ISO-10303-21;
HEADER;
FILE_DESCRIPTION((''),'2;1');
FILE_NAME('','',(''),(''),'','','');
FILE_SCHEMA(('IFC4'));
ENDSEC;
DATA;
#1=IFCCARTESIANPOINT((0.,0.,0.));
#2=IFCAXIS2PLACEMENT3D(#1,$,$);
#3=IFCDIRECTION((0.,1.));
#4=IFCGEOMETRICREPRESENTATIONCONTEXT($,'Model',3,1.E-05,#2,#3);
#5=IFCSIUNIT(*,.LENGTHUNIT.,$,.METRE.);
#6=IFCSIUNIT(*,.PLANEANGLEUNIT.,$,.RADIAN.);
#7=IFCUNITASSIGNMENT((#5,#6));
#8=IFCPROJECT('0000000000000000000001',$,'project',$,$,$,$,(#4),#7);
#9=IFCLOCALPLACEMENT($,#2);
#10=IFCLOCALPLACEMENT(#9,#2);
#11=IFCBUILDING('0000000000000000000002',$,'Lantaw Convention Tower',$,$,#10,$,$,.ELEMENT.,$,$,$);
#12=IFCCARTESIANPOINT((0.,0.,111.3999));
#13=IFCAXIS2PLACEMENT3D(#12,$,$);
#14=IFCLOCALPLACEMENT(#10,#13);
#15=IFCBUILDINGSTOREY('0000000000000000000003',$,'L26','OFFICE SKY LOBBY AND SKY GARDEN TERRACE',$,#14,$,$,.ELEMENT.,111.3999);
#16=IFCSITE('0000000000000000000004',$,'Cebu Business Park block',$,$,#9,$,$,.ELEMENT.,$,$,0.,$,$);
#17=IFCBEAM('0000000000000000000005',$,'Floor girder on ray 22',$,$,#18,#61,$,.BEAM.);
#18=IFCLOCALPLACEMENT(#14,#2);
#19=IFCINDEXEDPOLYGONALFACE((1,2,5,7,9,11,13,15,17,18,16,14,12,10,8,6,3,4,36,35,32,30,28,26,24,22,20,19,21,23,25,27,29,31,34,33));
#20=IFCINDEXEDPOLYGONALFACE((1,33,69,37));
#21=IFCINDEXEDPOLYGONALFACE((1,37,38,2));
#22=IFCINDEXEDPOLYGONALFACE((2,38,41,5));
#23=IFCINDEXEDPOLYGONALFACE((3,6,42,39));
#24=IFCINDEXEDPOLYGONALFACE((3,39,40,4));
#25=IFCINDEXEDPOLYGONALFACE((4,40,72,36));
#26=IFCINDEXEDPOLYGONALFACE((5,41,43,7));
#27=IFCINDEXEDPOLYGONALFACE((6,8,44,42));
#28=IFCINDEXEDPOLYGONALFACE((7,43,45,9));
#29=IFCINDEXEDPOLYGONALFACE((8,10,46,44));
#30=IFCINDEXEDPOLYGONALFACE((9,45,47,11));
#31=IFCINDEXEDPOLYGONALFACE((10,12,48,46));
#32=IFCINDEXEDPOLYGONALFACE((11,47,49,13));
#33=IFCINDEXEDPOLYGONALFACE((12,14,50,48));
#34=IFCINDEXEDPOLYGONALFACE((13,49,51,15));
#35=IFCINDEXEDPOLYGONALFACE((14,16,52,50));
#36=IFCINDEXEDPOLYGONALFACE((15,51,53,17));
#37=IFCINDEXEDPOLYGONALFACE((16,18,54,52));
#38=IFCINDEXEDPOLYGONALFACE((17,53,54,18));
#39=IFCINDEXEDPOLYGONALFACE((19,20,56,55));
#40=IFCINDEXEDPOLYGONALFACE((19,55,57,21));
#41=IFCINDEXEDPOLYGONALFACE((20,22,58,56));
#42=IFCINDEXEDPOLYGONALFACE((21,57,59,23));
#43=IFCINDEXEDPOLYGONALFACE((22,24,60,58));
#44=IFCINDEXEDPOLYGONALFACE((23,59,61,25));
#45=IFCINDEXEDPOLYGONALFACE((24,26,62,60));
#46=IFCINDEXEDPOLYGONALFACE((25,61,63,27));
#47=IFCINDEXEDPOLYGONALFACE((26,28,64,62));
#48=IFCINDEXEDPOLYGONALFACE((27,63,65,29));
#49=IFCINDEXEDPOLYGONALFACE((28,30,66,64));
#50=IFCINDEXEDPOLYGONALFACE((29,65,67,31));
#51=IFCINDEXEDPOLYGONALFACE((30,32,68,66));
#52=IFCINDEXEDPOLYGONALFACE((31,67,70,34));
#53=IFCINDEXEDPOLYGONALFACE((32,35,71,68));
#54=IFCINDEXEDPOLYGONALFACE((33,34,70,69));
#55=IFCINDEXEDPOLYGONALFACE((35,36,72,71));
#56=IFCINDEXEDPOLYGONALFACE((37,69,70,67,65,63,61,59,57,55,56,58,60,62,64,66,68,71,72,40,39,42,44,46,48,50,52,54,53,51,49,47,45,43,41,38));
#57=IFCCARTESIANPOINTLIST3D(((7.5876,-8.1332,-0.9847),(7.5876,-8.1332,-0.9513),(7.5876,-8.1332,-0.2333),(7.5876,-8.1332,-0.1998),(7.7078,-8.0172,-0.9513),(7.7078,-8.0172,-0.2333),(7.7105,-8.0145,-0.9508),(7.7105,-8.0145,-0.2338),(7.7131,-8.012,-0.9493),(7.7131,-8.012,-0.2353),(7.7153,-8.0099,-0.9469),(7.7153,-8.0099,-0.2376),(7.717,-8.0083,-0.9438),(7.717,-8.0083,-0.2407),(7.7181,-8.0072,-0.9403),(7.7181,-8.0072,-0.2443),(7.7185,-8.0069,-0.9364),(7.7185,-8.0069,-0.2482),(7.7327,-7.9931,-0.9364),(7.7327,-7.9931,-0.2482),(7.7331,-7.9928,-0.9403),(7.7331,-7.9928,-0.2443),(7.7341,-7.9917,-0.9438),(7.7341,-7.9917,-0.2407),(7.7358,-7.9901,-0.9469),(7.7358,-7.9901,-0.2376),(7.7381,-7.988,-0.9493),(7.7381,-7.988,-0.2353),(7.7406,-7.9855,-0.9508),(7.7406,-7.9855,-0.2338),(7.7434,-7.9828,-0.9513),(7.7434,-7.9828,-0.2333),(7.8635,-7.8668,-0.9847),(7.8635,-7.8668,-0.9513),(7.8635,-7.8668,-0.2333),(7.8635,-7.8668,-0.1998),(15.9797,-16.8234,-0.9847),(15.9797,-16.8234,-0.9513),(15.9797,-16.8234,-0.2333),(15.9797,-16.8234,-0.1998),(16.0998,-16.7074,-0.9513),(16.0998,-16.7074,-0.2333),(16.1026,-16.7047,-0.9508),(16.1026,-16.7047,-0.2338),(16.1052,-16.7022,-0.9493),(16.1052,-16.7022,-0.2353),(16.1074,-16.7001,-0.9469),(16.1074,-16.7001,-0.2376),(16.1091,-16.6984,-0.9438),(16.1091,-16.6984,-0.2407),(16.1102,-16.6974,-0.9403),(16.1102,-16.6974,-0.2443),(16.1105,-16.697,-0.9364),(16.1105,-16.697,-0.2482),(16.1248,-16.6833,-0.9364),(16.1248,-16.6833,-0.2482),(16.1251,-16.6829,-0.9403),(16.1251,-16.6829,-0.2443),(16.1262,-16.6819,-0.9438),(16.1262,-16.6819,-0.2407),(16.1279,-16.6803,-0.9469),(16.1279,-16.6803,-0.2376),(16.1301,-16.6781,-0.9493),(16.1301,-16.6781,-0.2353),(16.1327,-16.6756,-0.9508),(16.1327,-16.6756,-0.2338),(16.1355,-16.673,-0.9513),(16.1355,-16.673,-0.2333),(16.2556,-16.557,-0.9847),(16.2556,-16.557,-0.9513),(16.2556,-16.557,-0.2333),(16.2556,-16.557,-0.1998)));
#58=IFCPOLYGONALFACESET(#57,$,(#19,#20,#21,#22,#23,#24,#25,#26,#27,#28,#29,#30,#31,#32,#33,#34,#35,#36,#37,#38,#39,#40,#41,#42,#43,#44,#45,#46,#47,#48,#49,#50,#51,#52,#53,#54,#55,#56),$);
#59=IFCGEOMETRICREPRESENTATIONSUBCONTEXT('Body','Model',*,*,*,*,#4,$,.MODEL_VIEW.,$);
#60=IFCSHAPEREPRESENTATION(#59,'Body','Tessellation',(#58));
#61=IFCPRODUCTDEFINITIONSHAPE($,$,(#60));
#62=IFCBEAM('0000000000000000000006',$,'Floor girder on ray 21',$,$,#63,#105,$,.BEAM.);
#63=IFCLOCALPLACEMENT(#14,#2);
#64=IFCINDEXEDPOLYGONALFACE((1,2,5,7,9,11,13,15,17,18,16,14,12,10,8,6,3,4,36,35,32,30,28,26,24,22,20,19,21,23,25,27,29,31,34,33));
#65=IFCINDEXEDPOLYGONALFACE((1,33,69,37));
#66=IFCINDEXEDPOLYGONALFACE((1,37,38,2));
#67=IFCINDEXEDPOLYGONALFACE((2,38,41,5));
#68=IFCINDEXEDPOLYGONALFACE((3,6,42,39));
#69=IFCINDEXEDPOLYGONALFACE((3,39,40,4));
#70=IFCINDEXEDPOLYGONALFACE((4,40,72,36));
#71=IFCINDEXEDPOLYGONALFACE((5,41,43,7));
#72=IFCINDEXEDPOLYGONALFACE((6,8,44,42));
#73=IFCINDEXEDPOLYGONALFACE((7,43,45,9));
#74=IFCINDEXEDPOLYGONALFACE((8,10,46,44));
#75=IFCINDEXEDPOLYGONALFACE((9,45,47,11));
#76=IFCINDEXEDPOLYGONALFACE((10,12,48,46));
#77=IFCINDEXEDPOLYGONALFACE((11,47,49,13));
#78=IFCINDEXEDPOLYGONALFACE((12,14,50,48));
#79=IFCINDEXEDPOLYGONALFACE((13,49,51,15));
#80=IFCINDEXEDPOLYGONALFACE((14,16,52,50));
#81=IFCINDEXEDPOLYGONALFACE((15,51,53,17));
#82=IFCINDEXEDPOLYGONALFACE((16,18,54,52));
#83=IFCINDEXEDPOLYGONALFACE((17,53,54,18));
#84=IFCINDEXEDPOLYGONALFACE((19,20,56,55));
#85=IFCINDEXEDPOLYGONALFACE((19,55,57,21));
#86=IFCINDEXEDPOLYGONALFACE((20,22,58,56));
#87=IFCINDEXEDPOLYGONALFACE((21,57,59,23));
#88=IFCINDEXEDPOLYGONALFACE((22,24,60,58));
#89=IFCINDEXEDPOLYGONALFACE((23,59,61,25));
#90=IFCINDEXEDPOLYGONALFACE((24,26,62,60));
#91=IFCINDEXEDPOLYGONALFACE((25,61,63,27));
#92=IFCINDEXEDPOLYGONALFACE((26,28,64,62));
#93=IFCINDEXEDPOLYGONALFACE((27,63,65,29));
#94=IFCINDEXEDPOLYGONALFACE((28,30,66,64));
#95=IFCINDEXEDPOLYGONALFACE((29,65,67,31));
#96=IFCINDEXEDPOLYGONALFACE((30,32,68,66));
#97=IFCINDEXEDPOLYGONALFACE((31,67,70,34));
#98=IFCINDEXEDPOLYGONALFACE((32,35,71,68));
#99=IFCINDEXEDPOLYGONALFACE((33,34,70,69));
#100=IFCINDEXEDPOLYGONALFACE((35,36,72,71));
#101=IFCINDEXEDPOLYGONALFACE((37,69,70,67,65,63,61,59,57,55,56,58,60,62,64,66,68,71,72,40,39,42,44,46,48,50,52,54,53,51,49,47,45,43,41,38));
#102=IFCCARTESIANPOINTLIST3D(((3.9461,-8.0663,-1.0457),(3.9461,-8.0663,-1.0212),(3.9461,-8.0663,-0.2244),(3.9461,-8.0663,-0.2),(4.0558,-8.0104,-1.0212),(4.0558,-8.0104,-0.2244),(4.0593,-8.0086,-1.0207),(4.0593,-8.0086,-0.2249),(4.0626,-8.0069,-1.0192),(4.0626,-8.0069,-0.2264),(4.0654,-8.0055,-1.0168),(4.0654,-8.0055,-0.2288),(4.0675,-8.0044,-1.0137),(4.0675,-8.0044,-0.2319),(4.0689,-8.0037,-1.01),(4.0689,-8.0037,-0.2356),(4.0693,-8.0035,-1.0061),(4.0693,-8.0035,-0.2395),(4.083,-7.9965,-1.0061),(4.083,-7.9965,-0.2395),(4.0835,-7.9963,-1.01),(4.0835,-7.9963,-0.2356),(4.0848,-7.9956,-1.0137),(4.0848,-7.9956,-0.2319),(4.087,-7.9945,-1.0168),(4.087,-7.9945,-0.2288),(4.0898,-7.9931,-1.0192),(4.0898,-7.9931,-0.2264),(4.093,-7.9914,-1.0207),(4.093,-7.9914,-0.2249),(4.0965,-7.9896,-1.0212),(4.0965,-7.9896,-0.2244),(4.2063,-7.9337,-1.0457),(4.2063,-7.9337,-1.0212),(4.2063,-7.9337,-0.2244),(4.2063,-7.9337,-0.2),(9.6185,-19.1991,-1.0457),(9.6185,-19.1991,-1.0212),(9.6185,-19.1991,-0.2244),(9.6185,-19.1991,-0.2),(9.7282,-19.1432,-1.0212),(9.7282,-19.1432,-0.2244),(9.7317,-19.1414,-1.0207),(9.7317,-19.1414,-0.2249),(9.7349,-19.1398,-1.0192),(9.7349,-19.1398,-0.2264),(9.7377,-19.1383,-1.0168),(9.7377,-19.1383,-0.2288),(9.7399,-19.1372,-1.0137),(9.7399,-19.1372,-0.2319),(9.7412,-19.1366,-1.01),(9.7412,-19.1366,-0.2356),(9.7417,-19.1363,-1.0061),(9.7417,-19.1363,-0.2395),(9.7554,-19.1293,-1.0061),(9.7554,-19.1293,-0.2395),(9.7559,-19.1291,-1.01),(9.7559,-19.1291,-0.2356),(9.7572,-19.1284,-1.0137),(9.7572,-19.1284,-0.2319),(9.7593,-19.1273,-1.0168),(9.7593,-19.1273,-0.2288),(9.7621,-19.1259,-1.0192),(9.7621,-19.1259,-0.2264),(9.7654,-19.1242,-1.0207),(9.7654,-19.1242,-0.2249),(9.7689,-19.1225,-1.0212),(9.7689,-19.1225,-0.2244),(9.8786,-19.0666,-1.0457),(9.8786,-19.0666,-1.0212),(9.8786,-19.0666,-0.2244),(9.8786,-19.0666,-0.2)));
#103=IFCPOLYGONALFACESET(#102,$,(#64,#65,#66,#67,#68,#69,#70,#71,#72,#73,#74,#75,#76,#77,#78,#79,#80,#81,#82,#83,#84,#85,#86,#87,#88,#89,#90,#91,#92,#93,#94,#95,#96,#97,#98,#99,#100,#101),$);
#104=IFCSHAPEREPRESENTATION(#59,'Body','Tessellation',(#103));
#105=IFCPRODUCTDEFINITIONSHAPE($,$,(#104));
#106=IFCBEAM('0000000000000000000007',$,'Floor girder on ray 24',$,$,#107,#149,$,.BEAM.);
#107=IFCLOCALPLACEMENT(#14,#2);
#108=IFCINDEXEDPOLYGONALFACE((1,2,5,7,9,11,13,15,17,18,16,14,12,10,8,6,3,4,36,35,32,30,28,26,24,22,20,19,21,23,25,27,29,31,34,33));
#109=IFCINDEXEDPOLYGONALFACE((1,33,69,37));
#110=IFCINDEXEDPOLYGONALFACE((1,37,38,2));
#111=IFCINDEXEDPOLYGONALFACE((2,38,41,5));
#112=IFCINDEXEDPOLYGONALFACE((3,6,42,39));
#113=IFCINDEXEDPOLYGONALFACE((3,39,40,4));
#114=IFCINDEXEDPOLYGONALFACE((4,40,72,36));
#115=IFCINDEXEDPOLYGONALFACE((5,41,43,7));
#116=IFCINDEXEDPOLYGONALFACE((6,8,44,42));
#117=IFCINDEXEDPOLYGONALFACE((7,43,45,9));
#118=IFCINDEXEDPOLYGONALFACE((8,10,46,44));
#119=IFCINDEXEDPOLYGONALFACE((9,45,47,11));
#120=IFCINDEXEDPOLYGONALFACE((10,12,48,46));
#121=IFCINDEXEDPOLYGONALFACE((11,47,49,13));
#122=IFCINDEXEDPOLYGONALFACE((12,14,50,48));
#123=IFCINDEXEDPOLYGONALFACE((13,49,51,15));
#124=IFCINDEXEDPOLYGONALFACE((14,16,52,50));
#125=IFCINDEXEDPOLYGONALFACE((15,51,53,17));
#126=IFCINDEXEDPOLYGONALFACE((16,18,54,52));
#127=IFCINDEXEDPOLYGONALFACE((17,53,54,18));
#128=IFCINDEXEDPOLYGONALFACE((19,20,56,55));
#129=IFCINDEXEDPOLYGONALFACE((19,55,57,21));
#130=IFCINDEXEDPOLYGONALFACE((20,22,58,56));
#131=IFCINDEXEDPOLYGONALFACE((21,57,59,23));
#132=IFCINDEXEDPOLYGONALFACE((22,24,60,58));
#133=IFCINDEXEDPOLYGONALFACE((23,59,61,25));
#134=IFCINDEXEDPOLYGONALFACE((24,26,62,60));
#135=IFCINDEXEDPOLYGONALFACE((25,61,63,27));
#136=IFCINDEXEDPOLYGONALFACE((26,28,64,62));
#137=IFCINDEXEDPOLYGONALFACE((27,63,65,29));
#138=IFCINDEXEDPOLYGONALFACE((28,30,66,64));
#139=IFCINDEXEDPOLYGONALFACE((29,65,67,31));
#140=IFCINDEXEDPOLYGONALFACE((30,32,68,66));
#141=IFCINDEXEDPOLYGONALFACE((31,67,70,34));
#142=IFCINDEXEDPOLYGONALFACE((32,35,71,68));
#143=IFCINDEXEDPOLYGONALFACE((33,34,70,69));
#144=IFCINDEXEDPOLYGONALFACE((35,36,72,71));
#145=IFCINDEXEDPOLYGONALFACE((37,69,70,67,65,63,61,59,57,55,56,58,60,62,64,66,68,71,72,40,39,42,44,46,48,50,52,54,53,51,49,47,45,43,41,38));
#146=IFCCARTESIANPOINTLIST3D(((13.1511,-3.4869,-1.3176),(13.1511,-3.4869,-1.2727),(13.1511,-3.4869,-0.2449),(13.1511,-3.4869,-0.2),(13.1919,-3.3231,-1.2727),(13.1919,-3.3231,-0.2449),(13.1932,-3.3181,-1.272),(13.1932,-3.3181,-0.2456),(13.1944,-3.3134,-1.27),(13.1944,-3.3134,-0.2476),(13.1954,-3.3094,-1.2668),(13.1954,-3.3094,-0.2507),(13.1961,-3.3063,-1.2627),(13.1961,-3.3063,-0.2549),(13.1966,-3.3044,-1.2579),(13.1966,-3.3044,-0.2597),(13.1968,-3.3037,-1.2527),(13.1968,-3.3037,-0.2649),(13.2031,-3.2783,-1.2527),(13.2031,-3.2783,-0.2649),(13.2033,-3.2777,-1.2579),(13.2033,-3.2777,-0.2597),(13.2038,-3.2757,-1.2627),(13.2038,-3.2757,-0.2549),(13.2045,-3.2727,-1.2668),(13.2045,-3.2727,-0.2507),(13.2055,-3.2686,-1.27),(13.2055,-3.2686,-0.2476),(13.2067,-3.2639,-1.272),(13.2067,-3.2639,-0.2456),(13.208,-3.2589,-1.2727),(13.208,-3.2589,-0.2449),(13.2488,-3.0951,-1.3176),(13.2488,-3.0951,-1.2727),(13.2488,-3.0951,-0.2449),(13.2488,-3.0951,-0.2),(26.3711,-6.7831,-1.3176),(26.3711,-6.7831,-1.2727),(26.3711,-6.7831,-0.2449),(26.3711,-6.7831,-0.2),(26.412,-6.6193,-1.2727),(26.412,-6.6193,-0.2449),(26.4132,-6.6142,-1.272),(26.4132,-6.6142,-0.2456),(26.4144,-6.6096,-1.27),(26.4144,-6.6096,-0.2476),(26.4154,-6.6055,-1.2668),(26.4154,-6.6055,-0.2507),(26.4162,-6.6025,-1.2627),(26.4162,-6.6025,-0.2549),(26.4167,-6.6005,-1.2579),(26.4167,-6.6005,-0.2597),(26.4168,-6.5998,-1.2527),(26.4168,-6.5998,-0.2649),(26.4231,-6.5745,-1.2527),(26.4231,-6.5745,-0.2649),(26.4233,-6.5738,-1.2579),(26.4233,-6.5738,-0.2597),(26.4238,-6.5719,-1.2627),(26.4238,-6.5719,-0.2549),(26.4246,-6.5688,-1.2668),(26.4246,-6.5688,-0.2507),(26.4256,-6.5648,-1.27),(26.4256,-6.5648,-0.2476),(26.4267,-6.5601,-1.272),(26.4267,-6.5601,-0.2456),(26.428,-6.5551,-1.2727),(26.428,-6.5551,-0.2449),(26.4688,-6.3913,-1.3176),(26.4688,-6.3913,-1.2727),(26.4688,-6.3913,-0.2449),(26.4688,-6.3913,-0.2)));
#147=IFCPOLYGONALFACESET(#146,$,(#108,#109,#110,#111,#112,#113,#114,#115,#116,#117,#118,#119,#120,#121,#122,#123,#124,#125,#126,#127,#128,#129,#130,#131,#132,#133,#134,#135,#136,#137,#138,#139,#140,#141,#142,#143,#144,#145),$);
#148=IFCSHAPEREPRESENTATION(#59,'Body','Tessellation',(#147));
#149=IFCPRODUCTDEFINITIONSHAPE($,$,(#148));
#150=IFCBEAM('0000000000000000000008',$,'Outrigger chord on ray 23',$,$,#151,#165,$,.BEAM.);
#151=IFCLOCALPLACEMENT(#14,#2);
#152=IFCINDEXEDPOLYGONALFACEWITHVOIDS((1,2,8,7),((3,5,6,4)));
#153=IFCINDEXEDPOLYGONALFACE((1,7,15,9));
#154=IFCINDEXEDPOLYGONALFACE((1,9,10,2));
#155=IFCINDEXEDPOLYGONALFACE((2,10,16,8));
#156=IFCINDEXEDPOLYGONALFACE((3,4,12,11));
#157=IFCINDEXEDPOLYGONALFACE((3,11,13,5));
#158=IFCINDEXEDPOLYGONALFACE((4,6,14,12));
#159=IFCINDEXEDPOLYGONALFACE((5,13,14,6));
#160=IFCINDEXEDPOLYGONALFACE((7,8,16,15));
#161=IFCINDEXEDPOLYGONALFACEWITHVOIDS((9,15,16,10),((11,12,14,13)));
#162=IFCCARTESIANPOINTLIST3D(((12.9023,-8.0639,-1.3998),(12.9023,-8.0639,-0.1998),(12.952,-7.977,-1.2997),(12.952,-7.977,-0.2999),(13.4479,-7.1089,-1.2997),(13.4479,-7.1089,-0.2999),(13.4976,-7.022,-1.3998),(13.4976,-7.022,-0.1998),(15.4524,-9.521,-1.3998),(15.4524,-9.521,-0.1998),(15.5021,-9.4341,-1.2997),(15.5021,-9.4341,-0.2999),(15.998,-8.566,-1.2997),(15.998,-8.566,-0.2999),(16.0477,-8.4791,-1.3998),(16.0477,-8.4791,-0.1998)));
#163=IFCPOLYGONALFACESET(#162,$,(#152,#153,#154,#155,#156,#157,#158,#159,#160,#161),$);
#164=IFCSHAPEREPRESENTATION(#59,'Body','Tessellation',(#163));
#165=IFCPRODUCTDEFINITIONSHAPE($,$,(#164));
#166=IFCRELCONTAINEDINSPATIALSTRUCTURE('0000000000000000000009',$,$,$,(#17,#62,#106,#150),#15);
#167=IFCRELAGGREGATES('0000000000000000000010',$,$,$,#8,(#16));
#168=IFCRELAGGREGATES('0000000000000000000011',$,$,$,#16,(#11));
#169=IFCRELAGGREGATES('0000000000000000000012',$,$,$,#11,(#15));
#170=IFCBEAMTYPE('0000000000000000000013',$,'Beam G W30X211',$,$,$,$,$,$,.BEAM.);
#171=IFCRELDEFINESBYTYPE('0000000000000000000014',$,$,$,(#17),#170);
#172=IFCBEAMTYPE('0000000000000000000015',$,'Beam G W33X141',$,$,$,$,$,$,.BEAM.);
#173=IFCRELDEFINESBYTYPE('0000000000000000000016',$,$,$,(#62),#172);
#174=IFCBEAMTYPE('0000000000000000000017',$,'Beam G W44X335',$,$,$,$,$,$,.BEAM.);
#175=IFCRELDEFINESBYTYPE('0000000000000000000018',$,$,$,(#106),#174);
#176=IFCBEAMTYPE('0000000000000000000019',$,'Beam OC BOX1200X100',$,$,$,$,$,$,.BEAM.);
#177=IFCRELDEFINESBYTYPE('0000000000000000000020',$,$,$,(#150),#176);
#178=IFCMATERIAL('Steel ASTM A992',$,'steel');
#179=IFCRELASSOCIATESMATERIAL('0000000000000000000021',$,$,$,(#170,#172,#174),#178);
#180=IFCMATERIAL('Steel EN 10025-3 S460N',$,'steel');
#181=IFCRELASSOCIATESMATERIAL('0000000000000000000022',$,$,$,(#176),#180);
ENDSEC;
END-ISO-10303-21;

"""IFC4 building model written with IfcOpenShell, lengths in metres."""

from ifc_helpers import new_model, si_unit, direction, frame, origin, origin_2d, place, context, subcontext, project, spatial, hollow_rectangle, i_section, extrude, material, material_profile, profile_set, type_object, element, save


model = new_model("IFC4")

# Units and contexts
model_context = context("Model", 3, precision=1e-05, world=origin(), true_north=direction((0.0, 1.0)))
body_context = subcontext(model_context, "Body", "Model", "MODEL_VIEW")
ifc_project = project(units=[si_unit("LENGTHUNIT", "METRE"), si_unit("PLANEANGLEUNIT", "RADIAN")], contexts=[model_context])

# Site, building, storey
site_placement = place(None, origin())
site = spatial("IfcSite", under=ifc_project, at=site_placement, Name="Cebu Business Park block", CompositionType="ELEMENT", RefElevation=0.0)
building_placement = place(site_placement, origin())
building = spatial("IfcBuilding", under=site, at=building_placement, Name="Lantaw Convention Tower", CompositionType="ELEMENT")
storey_placement = place(building_placement, frame((0.0, 0.0, 111.3999)))
storey = spatial("IfcBuildingStorey", under=building, at=storey_placement, Name="L26", Description="OFFICE SKY LOBBY AND SKY GARDEN TERRACE", CompositionType="ELEMENT", Elevation=111.3999)

# Beams
ifc_material_1 = material(Name="Steel ASTM A992", Category="steel")
ifc_material_profile_1 = material_profile(ifc_material_1, i_section(OverallWidth=0.3835, OverallDepth=0.7849, WebThickness=0.0198, FlangeThickness=0.0334, FilletRadius=0.0149, at=origin_2d()), Name="W30X211")
ifc_profile_set_1 = profile_set([ifc_material_profile_1], Name="Steel ASTM A992")
beam_type_1 = type_object("IfcBeamType", Name="Beam G W30X211", PredefinedType="BEAM", material=ifc_profile_set_1)
beam_1_placement = place(storey_placement, frame((7.7256, -8.0, -0.5923), z_axis=(0.694662, -0.719337, 0.0), x_axis=(0.719337, 0.694662, 0.0)))
element("IfcBeam", 1, at=beam_1_placement, inside=storey, type_object=beam_type_1, Name="Floor girder on ray 22", PredefinedType="BEAM", context=body_context, shape_type="SweptSolid", body=[
    extrude(i_section(OverallWidth=0.3835, OverallDepth=0.7849, WebThickness=0.0198, FlangeThickness=0.0334, FilletRadius=0.0149, at=origin_2d()), origin(), (0.0, 0.0, 1.0), 12.0808),
])
ifc_material_profile_2 = material_profile(ifc_material_1, i_section(OverallWidth=0.292, OverallDepth=0.8457, WebThickness=0.0154, FlangeThickness=0.0244, FilletRadius=0.0151, at=origin_2d()), Name="W33X141")
ifc_profile_set_2 = profile_set([ifc_material_profile_2], Name="Steel ASTM A992")
beam_type_2 = type_object("IfcBeamType", Name="Beam G W33X141", PredefinedType="BEAM", material=ifc_profile_set_2)
beam_2_placement = place(storey_placement, frame((4.0762, -8.0, -0.6228), z_axis=(0.453985, -0.891009, 0.0), x_axis=(0.891009, 0.453985, 0.0)))
element("IfcBeam", 2, at=beam_2_placement, inside=storey, type_object=beam_type_2, Name="Floor girder on ray 21", PredefinedType="BEAM", context=body_context, shape_type="SweptSolid", body=[
    extrude(i_section(OverallWidth=0.292, OverallDepth=0.8457, WebThickness=0.0154, FlangeThickness=0.0244, FilletRadius=0.0151, at=origin_2d()), origin(), (0.0, 0.0, 1.0), 12.4946),
])
ifc_material_profile_3 = material_profile(ifc_material_1, i_section(OverallWidth=0.4038, OverallDepth=1.1177, WebThickness=0.0261, FlangeThickness=0.0449, FilletRadius=0.02, at=origin_2d()), Name="W44X335")
ifc_profile_set_3 = profile_set([ifc_material_profile_3], Name="Steel ASTM A992")
beam_type_3 = type_object("IfcBeamType", Name="Beam G W44X335", PredefinedType="BEAM", material=ifc_profile_set_3)
beam_3_placement = place(storey_placement, frame((13.2, -3.291, -0.7588), z_axis=(0.970295, -0.241924, 0.0), x_axis=(0.241924, 0.970295, 0.0)))
element("IfcBeam", 3, at=beam_3_placement, inside=storey, type_object=beam_type_3, Name="Floor girder on ray 24", PredefinedType="BEAM", context=body_context, shape_type="SweptSolid", body=[
    extrude(i_section(OverallWidth=0.4038, OverallDepth=1.1177, WebThickness=0.0261, FlangeThickness=0.0449, FilletRadius=0.02, at=origin_2d()), origin(), (0.0, 0.0, 1.0), 13.6248),
])
ifc_material_2 = material(Name="Steel EN 10025-3 S460N", Category="steel")
ifc_material_profile_4 = material_profile(ifc_material_2, hollow_rectangle(XDim=1.2, YDim=1.2, WallThickness=0.1001, at=origin_2d()), Name="BOX1200X100")
ifc_profile_set_4 = profile_set([ifc_material_profile_4], Name="Steel EN 10025-3 S460N")
beam_type_4 = type_object("IfcBeamType", Name="Beam OC BOX1200X100", PredefinedType="BEAM", material=ifc_profile_set_4)
beam_4_placement = place(storey_placement, frame((13.2, -7.543, -0.7998), z_axis=(0.868264, -0.496103, 0.0), x_axis=(0.496103, 0.868264, 0.0)))
element("IfcBeam", 4, at=beam_4_placement, inside=storey, type_object=beam_type_4, Name="Outrigger chord on ray 23", PredefinedType="BEAM", context=body_context, shape_type="SweptSolid", body=[
    extrude(hollow_rectangle(XDim=1.2, YDim=1.2, WallThickness=0.1001, at=origin_2d()), origin(), (0.0, 0.0, 1.0), 2.937),
])

save(model, "model.ifc")
